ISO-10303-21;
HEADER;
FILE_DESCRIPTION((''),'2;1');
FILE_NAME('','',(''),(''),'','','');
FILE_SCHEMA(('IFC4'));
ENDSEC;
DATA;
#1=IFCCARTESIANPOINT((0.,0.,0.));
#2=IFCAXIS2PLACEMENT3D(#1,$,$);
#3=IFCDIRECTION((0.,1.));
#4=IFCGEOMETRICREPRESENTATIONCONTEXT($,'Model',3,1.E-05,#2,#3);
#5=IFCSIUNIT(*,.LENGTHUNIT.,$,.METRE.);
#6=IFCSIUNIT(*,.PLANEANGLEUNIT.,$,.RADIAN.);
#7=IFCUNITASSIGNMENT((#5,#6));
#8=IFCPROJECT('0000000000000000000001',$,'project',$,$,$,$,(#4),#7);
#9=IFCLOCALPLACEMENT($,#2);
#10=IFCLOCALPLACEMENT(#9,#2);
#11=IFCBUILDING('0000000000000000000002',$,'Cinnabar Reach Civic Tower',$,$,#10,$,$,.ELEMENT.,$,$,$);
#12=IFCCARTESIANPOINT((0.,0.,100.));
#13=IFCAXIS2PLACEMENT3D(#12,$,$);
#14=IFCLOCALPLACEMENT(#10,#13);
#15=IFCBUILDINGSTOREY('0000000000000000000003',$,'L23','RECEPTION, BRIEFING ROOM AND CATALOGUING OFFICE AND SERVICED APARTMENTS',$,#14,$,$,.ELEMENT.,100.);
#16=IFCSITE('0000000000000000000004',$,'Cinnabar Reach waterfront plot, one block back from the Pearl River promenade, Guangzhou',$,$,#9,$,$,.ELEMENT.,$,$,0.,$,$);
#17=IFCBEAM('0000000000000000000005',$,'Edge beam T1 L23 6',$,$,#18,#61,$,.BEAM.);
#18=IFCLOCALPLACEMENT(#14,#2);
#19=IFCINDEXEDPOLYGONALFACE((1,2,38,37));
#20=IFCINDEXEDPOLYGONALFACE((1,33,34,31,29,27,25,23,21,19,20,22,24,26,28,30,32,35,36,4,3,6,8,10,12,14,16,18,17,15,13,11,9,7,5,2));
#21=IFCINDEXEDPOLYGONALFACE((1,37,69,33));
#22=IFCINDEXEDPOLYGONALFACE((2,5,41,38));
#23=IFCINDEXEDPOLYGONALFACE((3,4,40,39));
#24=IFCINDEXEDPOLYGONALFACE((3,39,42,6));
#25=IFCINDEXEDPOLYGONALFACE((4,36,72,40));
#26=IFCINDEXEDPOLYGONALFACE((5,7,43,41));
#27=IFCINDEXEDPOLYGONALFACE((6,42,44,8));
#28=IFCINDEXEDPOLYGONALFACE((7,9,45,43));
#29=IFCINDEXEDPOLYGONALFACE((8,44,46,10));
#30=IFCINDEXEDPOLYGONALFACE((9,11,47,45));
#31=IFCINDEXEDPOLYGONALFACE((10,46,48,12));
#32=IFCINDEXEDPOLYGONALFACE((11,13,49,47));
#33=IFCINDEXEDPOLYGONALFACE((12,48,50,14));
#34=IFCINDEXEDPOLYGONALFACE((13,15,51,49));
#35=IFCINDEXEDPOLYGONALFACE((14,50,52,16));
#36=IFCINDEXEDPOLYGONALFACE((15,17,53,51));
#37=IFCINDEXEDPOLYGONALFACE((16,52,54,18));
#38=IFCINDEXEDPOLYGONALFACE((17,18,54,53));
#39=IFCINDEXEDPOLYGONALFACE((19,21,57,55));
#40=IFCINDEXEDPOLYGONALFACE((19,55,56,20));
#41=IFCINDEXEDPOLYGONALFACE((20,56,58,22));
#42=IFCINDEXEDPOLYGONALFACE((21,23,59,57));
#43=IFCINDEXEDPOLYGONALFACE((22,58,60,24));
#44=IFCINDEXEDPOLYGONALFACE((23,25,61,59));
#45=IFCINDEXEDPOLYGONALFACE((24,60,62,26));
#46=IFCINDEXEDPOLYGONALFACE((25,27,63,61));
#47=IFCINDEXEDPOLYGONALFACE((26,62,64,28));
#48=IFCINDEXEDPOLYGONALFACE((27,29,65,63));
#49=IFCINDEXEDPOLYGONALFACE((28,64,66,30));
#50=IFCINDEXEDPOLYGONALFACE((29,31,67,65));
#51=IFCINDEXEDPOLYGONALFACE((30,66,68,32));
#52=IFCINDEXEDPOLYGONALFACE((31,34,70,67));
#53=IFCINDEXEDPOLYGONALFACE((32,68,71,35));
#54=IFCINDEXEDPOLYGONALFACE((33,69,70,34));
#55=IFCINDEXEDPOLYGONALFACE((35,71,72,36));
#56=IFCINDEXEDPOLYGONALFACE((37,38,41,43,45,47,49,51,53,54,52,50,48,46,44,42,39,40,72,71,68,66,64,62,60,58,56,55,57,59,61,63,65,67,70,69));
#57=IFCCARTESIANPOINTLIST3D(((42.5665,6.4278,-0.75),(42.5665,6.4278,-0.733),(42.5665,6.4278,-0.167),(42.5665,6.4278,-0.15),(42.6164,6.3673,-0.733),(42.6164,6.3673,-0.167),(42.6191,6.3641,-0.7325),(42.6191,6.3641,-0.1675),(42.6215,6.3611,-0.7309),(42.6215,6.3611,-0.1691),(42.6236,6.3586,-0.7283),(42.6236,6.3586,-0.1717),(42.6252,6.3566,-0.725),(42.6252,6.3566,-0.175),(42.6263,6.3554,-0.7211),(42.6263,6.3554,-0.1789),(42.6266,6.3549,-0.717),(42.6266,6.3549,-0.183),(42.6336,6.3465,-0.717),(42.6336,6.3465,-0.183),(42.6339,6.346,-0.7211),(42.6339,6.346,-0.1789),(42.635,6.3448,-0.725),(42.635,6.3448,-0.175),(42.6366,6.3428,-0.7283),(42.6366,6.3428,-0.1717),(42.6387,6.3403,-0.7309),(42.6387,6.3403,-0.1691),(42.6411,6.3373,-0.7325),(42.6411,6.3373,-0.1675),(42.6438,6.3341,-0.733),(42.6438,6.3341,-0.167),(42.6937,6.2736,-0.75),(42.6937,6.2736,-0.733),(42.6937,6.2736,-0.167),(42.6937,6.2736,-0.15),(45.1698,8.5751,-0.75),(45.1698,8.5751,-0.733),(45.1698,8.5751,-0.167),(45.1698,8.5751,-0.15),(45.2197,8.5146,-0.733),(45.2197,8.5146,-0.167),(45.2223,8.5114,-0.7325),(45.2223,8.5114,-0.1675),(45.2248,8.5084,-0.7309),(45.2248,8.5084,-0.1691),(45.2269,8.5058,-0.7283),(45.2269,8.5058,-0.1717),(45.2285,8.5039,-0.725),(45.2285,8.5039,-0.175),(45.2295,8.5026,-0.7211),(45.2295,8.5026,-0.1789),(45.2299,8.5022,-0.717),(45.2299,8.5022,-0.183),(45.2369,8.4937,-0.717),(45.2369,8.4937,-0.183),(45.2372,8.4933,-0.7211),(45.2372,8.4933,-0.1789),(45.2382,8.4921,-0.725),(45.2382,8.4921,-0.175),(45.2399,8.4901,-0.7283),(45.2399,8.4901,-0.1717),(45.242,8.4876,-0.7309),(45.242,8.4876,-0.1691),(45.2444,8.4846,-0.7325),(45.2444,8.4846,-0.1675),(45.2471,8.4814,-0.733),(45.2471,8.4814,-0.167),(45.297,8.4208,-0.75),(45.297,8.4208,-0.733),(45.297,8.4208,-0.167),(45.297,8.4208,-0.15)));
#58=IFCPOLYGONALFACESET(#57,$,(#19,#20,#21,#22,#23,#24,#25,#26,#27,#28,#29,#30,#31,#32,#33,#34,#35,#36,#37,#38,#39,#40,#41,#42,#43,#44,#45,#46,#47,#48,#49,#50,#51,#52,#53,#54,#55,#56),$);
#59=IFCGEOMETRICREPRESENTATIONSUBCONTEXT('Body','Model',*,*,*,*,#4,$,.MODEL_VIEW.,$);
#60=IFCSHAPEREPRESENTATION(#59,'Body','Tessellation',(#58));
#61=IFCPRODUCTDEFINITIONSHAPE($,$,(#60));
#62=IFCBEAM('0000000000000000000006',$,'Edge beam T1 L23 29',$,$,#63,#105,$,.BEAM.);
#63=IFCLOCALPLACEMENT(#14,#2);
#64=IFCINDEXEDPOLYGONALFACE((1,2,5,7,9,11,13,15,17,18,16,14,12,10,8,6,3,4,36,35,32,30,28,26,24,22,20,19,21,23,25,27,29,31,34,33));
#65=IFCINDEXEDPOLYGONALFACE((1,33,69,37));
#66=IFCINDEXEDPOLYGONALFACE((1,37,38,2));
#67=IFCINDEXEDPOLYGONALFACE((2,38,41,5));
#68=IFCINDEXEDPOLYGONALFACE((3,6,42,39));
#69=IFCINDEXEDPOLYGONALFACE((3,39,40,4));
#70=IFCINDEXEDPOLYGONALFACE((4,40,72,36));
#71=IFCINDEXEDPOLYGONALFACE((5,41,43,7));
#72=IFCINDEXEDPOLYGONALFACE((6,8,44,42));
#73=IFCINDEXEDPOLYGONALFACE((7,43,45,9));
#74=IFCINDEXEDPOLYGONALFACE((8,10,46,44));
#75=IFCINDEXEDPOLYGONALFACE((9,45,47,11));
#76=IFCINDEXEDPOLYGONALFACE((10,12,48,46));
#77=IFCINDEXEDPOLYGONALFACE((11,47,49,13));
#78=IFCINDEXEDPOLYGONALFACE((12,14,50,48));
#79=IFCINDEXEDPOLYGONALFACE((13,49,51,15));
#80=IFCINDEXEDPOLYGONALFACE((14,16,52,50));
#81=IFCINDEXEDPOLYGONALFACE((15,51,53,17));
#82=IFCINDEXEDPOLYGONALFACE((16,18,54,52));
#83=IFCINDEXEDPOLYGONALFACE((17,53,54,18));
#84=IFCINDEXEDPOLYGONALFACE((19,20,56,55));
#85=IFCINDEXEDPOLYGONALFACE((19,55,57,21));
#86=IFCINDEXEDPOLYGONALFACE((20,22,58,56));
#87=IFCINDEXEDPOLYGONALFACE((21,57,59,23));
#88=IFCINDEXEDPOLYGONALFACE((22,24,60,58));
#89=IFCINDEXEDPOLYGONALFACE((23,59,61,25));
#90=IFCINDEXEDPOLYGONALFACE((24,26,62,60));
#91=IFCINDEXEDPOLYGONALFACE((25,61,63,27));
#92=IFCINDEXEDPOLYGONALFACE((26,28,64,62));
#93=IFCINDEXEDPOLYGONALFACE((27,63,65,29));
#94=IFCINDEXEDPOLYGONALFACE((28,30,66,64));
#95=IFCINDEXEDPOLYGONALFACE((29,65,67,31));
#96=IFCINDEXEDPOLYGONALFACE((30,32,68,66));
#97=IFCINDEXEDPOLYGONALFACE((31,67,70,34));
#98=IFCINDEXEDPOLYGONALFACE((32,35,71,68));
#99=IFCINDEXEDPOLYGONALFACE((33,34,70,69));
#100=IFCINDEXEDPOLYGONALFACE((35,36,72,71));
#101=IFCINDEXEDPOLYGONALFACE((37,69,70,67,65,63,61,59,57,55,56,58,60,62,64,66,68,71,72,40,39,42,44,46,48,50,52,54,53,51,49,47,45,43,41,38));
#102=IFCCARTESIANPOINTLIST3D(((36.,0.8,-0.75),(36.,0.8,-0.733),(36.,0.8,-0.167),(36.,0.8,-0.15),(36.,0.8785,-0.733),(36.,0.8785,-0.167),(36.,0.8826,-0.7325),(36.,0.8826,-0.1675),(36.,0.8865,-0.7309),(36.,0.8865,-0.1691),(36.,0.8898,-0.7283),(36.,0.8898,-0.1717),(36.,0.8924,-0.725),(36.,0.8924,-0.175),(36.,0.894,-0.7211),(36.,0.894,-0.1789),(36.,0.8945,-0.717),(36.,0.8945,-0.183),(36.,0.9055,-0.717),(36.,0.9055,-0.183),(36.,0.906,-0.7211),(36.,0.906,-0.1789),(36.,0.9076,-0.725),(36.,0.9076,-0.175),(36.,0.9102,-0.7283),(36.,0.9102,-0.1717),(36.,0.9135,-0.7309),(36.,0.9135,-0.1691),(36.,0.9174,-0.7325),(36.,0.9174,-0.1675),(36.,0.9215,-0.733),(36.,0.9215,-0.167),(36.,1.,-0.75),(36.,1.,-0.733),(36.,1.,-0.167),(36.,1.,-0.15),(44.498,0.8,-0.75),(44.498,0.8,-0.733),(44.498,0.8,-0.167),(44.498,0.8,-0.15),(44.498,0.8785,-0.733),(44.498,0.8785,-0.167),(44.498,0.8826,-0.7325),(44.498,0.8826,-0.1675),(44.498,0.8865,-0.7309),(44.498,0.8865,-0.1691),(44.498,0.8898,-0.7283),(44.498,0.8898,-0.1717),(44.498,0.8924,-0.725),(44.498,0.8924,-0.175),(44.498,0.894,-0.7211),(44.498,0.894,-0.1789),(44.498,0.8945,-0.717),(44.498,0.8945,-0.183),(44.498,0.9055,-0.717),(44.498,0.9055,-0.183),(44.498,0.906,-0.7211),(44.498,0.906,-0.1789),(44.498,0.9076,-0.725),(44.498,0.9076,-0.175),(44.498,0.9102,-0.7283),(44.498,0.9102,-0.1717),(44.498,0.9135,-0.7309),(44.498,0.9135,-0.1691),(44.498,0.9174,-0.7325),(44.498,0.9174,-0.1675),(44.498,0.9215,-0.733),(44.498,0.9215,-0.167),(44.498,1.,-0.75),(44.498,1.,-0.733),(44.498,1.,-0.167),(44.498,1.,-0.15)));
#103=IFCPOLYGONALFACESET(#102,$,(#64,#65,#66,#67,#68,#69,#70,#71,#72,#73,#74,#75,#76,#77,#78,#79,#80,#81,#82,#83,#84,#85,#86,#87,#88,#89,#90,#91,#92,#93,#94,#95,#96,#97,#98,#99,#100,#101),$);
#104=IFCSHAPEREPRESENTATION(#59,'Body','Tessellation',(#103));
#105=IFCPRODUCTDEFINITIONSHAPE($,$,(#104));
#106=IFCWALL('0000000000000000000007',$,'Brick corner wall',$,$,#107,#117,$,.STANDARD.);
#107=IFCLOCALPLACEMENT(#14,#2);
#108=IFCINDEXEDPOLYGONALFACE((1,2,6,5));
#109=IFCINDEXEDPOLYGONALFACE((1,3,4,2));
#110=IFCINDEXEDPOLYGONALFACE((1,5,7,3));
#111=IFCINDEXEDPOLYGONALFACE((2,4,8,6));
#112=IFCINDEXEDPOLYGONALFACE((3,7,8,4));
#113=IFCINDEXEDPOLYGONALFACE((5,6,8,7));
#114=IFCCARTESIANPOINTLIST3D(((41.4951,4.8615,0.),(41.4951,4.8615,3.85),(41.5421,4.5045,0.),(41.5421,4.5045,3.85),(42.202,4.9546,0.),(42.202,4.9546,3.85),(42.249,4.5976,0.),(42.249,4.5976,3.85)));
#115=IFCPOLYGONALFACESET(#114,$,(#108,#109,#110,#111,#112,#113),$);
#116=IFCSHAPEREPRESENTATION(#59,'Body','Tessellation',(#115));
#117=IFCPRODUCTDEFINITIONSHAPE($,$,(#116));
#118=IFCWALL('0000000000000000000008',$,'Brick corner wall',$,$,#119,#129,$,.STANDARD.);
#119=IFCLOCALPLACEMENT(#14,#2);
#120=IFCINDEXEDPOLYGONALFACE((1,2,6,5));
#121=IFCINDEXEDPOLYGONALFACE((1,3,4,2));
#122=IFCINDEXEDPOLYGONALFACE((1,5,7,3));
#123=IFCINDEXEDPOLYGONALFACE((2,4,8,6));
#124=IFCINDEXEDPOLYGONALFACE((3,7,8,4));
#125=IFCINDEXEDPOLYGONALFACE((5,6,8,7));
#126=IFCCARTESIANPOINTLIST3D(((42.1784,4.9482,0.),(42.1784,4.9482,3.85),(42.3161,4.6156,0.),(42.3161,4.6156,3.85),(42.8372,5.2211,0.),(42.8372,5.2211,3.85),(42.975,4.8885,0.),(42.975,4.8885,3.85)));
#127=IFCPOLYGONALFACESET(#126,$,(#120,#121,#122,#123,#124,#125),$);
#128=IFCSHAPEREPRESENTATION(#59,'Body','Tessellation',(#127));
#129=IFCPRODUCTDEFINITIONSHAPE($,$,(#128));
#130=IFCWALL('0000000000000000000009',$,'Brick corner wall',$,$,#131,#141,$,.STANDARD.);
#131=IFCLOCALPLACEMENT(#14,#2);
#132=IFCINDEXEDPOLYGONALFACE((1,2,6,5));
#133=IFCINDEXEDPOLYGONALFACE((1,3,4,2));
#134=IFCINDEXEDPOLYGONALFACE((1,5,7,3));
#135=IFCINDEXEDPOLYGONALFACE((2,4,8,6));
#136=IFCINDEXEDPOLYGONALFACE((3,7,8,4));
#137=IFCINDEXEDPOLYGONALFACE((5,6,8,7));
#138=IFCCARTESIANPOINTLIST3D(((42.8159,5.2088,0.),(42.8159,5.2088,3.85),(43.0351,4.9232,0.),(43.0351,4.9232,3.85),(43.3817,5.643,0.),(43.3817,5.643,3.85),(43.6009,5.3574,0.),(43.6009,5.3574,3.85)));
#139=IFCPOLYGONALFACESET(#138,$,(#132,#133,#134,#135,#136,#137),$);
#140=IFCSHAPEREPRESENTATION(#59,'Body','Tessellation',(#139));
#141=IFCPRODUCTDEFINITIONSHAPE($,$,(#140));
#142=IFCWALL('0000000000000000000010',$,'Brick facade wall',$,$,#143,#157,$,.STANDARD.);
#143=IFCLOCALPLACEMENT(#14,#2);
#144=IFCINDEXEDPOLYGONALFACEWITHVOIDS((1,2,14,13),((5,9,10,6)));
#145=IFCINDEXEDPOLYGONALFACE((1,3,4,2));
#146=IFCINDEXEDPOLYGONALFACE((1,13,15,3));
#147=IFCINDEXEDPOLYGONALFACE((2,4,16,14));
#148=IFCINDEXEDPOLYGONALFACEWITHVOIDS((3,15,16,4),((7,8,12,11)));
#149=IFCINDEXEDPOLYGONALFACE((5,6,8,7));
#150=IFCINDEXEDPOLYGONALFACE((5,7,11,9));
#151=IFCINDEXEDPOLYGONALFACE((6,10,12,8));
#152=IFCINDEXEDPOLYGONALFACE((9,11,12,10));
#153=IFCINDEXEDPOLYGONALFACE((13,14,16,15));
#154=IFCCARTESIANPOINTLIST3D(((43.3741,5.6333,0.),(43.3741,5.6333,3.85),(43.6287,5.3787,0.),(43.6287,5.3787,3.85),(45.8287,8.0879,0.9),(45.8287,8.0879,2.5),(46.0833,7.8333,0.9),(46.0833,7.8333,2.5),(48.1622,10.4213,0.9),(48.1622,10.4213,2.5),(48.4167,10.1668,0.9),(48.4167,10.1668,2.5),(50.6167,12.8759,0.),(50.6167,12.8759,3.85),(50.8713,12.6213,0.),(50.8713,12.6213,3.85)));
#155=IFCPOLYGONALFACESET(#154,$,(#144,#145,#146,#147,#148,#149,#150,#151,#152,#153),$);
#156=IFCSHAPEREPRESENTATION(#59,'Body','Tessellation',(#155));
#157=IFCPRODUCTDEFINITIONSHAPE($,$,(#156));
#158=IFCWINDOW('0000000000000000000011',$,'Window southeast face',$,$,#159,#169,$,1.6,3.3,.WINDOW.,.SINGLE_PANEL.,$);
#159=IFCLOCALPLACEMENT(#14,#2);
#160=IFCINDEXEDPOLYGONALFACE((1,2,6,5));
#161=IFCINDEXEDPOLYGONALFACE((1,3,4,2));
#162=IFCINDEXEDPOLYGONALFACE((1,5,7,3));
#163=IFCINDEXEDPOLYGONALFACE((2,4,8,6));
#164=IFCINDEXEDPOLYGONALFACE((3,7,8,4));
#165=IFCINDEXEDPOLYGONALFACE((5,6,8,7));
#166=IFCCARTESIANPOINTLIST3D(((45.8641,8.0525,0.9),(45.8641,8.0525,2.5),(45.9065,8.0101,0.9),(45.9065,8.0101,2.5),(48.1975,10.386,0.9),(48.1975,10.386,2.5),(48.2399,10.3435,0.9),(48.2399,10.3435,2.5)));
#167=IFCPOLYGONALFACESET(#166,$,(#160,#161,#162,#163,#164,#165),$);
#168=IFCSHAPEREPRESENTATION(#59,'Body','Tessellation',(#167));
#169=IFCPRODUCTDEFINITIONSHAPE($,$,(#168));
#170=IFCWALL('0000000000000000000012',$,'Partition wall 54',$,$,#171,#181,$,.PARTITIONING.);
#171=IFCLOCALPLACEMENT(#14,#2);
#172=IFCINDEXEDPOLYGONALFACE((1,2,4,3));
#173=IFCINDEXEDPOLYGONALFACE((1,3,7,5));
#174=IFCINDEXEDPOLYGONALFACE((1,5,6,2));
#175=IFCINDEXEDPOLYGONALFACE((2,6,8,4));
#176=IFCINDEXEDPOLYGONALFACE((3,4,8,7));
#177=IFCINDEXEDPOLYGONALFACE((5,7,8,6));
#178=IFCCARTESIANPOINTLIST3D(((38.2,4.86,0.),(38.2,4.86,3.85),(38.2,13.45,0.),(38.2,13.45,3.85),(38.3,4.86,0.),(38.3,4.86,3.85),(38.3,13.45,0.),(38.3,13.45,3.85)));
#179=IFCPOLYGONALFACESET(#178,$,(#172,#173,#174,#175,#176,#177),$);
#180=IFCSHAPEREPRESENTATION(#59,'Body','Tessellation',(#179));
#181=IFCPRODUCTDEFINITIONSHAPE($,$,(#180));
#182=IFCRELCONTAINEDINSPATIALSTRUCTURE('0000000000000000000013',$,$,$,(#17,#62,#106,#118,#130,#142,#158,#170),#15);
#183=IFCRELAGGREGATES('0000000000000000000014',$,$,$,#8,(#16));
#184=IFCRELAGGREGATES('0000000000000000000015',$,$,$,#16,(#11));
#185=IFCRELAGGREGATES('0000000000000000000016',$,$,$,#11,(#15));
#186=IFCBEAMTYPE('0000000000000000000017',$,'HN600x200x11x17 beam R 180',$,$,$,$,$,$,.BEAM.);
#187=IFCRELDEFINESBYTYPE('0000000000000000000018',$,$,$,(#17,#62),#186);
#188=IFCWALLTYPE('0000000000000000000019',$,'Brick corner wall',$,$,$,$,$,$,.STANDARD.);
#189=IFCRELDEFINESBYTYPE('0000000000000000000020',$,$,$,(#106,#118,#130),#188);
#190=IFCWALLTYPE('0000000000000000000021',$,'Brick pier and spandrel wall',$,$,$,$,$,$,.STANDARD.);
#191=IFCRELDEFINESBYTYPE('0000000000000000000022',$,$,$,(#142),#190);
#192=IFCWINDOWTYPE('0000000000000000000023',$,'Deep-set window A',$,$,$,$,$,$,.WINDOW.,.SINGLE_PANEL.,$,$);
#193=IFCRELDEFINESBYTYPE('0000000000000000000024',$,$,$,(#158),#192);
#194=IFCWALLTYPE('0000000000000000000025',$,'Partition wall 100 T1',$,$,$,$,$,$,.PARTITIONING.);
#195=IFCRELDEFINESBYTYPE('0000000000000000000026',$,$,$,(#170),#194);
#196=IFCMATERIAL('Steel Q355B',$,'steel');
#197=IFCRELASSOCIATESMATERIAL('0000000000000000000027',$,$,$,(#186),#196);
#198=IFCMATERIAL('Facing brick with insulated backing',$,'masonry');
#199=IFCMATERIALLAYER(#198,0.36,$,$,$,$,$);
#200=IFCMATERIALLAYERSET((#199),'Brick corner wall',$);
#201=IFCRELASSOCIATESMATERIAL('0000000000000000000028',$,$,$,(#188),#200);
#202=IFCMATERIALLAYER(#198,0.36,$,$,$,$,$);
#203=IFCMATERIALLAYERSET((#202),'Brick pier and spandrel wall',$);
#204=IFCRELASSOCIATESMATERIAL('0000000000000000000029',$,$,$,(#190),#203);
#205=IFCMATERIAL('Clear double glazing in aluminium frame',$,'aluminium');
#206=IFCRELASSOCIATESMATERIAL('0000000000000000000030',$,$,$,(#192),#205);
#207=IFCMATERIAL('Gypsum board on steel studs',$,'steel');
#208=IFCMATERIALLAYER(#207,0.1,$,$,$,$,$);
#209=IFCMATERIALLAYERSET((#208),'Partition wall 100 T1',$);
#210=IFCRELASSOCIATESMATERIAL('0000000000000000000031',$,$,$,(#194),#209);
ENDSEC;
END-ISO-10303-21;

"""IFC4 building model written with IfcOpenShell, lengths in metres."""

from ifc_helpers import new_model, si_unit, direction, frame, frame_2d, origin, origin_2d, place, context, subcontext, project, spatial, rectangle, i_section, extrude, material, layer, layer_set, material_profile, profile_set, type_object, element, fill, save


model = new_model("IFC4")

# Units and contexts
model_context = context("Model", 3, precision=1e-05, world=origin(), true_north=direction((0.0, 1.0)))
body_context = subcontext(model_context, "Body", "Model", "MODEL_VIEW")
ifc_project = project(units=[si_unit("LENGTHUNIT", "METRE"), si_unit("PLANEANGLEUNIT", "RADIAN")], contexts=[model_context])

# Site, building, storey
site_placement = place(None, origin())
site = spatial("IfcSite", under=ifc_project, at=site_placement, Name="Cinnabar Reach waterfront plot, one block back from the Pearl River promenade, Guangzhou", CompositionType="ELEMENT", RefElevation=0.0)
building_placement = place(site_placement, origin())
building = spatial("IfcBuilding", under=site, at=building_placement, Name="Cinnabar Reach Civic Tower", CompositionType="ELEMENT")
storey_placement = place(building_placement, frame((0.0, 0.0, 100.0)))
storey = spatial("IfcBuildingStorey", under=building, at=storey_placement, Name="L23", Description="RECEPTION, BRIEFING ROOM AND CATALOGUING OFFICE AND SERVICED APARTMENTS", CompositionType="ELEMENT", Elevation=100.0)

# Beams
ifc_material_1 = material(Name="Steel Q355B", Category="steel")
ifc_material_profile_1 = material_profile(ifc_material_1, i_section(OverallWidth=0.2, OverallDepth=0.6, WebThickness=0.011, FlangeThickness=0.017, FilletRadius=0.016, at=origin_2d()), Name="HN600x200x11x17")
ifc_profile_set_1 = profile_set([ifc_material_profile_1], Name="Steel Q355B")
beam_type_1 = type_object("IfcBeamType", Name="HN600x200x11x17 beam R 180", PredefinedType="BEAM", material=ifc_profile_set_1)
beam_1_placement = place(storey_placement, frame((42.6301, 6.3507, -0.45), z_axis=(0.771435, 0.636308, 0.0), x_axis=(-0.636308, 0.771435, 0.0)))
element("IfcBeam", 1, at=beam_1_placement, inside=storey, type_object=beam_type_1, Name="Edge beam T1 L23 6", PredefinedType="BEAM", context=body_context, shape_type="SweptSolid", body=[
    extrude(i_section(OverallWidth=0.2, OverallDepth=0.6, WebThickness=0.011, FlangeThickness=0.017, FilletRadius=0.016, at=origin_2d()), origin(), (0.0, 0.0, 1.0), 3.3746),
])
beam_2_placement = place(storey_placement, frame((36.0, 0.9, -0.45), z_axis=(1.0, 0.0, 0.0), x_axis=(0.0, 1.0, 0.0)))
element("IfcBeam", 2, at=beam_2_placement, inside=storey, type_object=beam_type_1, Name="Edge beam T1 L23 29", PredefinedType="BEAM", context=body_context, shape_type="SweptSolid", body=[
    extrude(i_section(OverallWidth=0.2, OverallDepth=0.6, WebThickness=0.011, FlangeThickness=0.017, FilletRadius=0.016, at=origin_2d()), origin(), (0.0, 0.0, 1.0), 8.498),
])

# Walls
ifc_material_2 = material(Name="Facing brick with insulated backing", Category="masonry")
ifc_layer_1 = layer(ifc_material_2, 0.36)
ifc_layer_set_1 = layer_set([ifc_layer_1], Name="Brick corner wall")
wall_type_1 = type_object("IfcWallType", Name="Brick corner wall", PredefinedType="STANDARD", material=ifc_layer_set_1)
for number, where, z_axis, x_axis, name in (
    (3, (41.5186, 4.683, 0.0), (0.0, 0.0, 1.0), (0.991441, 0.130556, 0.0), "Brick corner wall"),
    (4, (42.2473, 4.7819, 0.0), (0.0, 0.0, 1.0), (0.923872, 0.382703, 0.0), "Brick corner wall"),
):
    element("IfcWall", number, at=place(storey_placement, frame(where, z_axis=z_axis, x_axis=x_axis)), inside=storey, type_object=wall_type_1, Name=name, PredefinedType="STANDARD", context=body_context, shape_type="SweptSolid", body=[
        extrude(rectangle(XDim=0.7131, YDim=0.36, at=frame_2d((0.3565, 0.0))), origin(), (0.0, 0.0, 1.0), 3.85),
    ])
wall_1_placement = place(storey_placement, frame((42.9255, 5.066, 0.0), z_axis=(0.0, 0.0, 1.0), x_axis=(0.793322, 0.608802, 0.0)))
element("IfcWall", 5, at=wall_1_placement, inside=storey, type_object=wall_type_1, Name="Brick corner wall", PredefinedType="STANDARD", context=body_context, shape_type="SweptSolid", body=[
    extrude(rectangle(XDim=0.7132, YDim=0.36, at=frame_2d((0.3566, 0.0))), origin(), (0.0, 0.0, 1.0), 3.85),
])

# Wall, opening, window
ifc_layer_2 = layer(ifc_material_2, 0.36)
ifc_layer_set_2 = layer_set([ifc_layer_2], Name="Brick pier and spandrel wall")
wall_type_2 = type_object("IfcWallType", Name="Brick pier and spandrel wall", PredefinedType="STANDARD", material=ifc_layer_set_2)
wall_2_placement = place(storey_placement, frame((43.5014, 5.506, 0.0), z_axis=(0.0, 0.0, 1.0), x_axis=(0.707107, 0.707107, 0.0)))
wall_2 = element("IfcWall", 6, at=wall_2_placement, inside=storey, type_object=wall_type_2, Name="Brick facade wall", PredefinedType="STANDARD", context=body_context, shape_type="SweptSolid", body=[
    extrude(rectangle(XDim=10.2426, YDim=0.36, at=frame_2d((5.1213, 0.0))), origin(), (0.0, 0.0, 1.0), 3.85),
])
opening_placement = place(wall_2_placement, frame((3.4713, 0.0, 0.9)))
opening = element("IfcOpeningElement", 7, at=opening_placement, cuts=wall_2, PredefinedType="OPENING", context=body_context, shape_type="SweptSolid", body=[
    extrude(rectangle(XDim=3.3, YDim=1.6, at=frame_2d((1.65, 0.8))), frame((0.0, 0.19, 0.0), z_axis=(0.0, -1.0, 0.0), x_axis=(1.0, 0.0, 0.0)), (0.0, 0.0, 1.0), 0.38),
])
ifc_material_3 = material(Name="Clear double glazing in aluminium frame", Category="aluminium")
window_type = type_object("IfcWindowType", Name="Deep-set window A", PartitioningType="SINGLE_PANEL", PredefinedType="WINDOW", material=ifc_material_3)
window_placement = place(opening_placement, origin())
window = element("IfcWindow", 8, at=window_placement, inside=storey, type_object=window_type, Name="Window southeast face", OverallHeight=1.6, OverallWidth=3.3, PartitioningType="SINGLE_PANEL", PredefinedType="WINDOW", context=body_context, shape_type="SweptSolid", body=[
    extrude(rectangle(XDim=3.3, YDim=1.6, at=frame_2d((1.65, 0.8))), frame((0.0, 0.13, 0.0), z_axis=(0.0, -1.0, 0.0), x_axis=(1.0, 0.0, 0.0)), (0.0, 0.0, 1.0), 0.06),
])
fill(opening, window)

# Wall
ifc_material_4 = material(Name="Gypsum board on steel studs", Category="steel")
ifc_layer_3 = layer(ifc_material_4, 0.1)
ifc_layer_set_3 = layer_set([ifc_layer_3], Name="Partition wall 100 T1")
wall_type_3 = type_object("IfcWallType", Name="Partition wall 100 T1", PredefinedType="PARTITIONING", material=ifc_layer_set_3)
wall_3_placement = place(storey_placement, frame((38.25, 4.86, 0.0), z_axis=(0.0, 0.0, 1.0), x_axis=(0.0, 1.0, 0.0)))
element("IfcWall", 9, at=wall_3_placement, inside=storey, type_object=wall_type_3, Name="Partition wall 54", PredefinedType="PARTITIONING", context=body_context, shape_type="SweptSolid", body=[
    extrude(rectangle(XDim=8.59, YDim=0.1, at=frame_2d((4.295, 0.0))), origin(), (0.0, 0.0, 1.0), 3.85),
])

save(model, "model.ifc")
